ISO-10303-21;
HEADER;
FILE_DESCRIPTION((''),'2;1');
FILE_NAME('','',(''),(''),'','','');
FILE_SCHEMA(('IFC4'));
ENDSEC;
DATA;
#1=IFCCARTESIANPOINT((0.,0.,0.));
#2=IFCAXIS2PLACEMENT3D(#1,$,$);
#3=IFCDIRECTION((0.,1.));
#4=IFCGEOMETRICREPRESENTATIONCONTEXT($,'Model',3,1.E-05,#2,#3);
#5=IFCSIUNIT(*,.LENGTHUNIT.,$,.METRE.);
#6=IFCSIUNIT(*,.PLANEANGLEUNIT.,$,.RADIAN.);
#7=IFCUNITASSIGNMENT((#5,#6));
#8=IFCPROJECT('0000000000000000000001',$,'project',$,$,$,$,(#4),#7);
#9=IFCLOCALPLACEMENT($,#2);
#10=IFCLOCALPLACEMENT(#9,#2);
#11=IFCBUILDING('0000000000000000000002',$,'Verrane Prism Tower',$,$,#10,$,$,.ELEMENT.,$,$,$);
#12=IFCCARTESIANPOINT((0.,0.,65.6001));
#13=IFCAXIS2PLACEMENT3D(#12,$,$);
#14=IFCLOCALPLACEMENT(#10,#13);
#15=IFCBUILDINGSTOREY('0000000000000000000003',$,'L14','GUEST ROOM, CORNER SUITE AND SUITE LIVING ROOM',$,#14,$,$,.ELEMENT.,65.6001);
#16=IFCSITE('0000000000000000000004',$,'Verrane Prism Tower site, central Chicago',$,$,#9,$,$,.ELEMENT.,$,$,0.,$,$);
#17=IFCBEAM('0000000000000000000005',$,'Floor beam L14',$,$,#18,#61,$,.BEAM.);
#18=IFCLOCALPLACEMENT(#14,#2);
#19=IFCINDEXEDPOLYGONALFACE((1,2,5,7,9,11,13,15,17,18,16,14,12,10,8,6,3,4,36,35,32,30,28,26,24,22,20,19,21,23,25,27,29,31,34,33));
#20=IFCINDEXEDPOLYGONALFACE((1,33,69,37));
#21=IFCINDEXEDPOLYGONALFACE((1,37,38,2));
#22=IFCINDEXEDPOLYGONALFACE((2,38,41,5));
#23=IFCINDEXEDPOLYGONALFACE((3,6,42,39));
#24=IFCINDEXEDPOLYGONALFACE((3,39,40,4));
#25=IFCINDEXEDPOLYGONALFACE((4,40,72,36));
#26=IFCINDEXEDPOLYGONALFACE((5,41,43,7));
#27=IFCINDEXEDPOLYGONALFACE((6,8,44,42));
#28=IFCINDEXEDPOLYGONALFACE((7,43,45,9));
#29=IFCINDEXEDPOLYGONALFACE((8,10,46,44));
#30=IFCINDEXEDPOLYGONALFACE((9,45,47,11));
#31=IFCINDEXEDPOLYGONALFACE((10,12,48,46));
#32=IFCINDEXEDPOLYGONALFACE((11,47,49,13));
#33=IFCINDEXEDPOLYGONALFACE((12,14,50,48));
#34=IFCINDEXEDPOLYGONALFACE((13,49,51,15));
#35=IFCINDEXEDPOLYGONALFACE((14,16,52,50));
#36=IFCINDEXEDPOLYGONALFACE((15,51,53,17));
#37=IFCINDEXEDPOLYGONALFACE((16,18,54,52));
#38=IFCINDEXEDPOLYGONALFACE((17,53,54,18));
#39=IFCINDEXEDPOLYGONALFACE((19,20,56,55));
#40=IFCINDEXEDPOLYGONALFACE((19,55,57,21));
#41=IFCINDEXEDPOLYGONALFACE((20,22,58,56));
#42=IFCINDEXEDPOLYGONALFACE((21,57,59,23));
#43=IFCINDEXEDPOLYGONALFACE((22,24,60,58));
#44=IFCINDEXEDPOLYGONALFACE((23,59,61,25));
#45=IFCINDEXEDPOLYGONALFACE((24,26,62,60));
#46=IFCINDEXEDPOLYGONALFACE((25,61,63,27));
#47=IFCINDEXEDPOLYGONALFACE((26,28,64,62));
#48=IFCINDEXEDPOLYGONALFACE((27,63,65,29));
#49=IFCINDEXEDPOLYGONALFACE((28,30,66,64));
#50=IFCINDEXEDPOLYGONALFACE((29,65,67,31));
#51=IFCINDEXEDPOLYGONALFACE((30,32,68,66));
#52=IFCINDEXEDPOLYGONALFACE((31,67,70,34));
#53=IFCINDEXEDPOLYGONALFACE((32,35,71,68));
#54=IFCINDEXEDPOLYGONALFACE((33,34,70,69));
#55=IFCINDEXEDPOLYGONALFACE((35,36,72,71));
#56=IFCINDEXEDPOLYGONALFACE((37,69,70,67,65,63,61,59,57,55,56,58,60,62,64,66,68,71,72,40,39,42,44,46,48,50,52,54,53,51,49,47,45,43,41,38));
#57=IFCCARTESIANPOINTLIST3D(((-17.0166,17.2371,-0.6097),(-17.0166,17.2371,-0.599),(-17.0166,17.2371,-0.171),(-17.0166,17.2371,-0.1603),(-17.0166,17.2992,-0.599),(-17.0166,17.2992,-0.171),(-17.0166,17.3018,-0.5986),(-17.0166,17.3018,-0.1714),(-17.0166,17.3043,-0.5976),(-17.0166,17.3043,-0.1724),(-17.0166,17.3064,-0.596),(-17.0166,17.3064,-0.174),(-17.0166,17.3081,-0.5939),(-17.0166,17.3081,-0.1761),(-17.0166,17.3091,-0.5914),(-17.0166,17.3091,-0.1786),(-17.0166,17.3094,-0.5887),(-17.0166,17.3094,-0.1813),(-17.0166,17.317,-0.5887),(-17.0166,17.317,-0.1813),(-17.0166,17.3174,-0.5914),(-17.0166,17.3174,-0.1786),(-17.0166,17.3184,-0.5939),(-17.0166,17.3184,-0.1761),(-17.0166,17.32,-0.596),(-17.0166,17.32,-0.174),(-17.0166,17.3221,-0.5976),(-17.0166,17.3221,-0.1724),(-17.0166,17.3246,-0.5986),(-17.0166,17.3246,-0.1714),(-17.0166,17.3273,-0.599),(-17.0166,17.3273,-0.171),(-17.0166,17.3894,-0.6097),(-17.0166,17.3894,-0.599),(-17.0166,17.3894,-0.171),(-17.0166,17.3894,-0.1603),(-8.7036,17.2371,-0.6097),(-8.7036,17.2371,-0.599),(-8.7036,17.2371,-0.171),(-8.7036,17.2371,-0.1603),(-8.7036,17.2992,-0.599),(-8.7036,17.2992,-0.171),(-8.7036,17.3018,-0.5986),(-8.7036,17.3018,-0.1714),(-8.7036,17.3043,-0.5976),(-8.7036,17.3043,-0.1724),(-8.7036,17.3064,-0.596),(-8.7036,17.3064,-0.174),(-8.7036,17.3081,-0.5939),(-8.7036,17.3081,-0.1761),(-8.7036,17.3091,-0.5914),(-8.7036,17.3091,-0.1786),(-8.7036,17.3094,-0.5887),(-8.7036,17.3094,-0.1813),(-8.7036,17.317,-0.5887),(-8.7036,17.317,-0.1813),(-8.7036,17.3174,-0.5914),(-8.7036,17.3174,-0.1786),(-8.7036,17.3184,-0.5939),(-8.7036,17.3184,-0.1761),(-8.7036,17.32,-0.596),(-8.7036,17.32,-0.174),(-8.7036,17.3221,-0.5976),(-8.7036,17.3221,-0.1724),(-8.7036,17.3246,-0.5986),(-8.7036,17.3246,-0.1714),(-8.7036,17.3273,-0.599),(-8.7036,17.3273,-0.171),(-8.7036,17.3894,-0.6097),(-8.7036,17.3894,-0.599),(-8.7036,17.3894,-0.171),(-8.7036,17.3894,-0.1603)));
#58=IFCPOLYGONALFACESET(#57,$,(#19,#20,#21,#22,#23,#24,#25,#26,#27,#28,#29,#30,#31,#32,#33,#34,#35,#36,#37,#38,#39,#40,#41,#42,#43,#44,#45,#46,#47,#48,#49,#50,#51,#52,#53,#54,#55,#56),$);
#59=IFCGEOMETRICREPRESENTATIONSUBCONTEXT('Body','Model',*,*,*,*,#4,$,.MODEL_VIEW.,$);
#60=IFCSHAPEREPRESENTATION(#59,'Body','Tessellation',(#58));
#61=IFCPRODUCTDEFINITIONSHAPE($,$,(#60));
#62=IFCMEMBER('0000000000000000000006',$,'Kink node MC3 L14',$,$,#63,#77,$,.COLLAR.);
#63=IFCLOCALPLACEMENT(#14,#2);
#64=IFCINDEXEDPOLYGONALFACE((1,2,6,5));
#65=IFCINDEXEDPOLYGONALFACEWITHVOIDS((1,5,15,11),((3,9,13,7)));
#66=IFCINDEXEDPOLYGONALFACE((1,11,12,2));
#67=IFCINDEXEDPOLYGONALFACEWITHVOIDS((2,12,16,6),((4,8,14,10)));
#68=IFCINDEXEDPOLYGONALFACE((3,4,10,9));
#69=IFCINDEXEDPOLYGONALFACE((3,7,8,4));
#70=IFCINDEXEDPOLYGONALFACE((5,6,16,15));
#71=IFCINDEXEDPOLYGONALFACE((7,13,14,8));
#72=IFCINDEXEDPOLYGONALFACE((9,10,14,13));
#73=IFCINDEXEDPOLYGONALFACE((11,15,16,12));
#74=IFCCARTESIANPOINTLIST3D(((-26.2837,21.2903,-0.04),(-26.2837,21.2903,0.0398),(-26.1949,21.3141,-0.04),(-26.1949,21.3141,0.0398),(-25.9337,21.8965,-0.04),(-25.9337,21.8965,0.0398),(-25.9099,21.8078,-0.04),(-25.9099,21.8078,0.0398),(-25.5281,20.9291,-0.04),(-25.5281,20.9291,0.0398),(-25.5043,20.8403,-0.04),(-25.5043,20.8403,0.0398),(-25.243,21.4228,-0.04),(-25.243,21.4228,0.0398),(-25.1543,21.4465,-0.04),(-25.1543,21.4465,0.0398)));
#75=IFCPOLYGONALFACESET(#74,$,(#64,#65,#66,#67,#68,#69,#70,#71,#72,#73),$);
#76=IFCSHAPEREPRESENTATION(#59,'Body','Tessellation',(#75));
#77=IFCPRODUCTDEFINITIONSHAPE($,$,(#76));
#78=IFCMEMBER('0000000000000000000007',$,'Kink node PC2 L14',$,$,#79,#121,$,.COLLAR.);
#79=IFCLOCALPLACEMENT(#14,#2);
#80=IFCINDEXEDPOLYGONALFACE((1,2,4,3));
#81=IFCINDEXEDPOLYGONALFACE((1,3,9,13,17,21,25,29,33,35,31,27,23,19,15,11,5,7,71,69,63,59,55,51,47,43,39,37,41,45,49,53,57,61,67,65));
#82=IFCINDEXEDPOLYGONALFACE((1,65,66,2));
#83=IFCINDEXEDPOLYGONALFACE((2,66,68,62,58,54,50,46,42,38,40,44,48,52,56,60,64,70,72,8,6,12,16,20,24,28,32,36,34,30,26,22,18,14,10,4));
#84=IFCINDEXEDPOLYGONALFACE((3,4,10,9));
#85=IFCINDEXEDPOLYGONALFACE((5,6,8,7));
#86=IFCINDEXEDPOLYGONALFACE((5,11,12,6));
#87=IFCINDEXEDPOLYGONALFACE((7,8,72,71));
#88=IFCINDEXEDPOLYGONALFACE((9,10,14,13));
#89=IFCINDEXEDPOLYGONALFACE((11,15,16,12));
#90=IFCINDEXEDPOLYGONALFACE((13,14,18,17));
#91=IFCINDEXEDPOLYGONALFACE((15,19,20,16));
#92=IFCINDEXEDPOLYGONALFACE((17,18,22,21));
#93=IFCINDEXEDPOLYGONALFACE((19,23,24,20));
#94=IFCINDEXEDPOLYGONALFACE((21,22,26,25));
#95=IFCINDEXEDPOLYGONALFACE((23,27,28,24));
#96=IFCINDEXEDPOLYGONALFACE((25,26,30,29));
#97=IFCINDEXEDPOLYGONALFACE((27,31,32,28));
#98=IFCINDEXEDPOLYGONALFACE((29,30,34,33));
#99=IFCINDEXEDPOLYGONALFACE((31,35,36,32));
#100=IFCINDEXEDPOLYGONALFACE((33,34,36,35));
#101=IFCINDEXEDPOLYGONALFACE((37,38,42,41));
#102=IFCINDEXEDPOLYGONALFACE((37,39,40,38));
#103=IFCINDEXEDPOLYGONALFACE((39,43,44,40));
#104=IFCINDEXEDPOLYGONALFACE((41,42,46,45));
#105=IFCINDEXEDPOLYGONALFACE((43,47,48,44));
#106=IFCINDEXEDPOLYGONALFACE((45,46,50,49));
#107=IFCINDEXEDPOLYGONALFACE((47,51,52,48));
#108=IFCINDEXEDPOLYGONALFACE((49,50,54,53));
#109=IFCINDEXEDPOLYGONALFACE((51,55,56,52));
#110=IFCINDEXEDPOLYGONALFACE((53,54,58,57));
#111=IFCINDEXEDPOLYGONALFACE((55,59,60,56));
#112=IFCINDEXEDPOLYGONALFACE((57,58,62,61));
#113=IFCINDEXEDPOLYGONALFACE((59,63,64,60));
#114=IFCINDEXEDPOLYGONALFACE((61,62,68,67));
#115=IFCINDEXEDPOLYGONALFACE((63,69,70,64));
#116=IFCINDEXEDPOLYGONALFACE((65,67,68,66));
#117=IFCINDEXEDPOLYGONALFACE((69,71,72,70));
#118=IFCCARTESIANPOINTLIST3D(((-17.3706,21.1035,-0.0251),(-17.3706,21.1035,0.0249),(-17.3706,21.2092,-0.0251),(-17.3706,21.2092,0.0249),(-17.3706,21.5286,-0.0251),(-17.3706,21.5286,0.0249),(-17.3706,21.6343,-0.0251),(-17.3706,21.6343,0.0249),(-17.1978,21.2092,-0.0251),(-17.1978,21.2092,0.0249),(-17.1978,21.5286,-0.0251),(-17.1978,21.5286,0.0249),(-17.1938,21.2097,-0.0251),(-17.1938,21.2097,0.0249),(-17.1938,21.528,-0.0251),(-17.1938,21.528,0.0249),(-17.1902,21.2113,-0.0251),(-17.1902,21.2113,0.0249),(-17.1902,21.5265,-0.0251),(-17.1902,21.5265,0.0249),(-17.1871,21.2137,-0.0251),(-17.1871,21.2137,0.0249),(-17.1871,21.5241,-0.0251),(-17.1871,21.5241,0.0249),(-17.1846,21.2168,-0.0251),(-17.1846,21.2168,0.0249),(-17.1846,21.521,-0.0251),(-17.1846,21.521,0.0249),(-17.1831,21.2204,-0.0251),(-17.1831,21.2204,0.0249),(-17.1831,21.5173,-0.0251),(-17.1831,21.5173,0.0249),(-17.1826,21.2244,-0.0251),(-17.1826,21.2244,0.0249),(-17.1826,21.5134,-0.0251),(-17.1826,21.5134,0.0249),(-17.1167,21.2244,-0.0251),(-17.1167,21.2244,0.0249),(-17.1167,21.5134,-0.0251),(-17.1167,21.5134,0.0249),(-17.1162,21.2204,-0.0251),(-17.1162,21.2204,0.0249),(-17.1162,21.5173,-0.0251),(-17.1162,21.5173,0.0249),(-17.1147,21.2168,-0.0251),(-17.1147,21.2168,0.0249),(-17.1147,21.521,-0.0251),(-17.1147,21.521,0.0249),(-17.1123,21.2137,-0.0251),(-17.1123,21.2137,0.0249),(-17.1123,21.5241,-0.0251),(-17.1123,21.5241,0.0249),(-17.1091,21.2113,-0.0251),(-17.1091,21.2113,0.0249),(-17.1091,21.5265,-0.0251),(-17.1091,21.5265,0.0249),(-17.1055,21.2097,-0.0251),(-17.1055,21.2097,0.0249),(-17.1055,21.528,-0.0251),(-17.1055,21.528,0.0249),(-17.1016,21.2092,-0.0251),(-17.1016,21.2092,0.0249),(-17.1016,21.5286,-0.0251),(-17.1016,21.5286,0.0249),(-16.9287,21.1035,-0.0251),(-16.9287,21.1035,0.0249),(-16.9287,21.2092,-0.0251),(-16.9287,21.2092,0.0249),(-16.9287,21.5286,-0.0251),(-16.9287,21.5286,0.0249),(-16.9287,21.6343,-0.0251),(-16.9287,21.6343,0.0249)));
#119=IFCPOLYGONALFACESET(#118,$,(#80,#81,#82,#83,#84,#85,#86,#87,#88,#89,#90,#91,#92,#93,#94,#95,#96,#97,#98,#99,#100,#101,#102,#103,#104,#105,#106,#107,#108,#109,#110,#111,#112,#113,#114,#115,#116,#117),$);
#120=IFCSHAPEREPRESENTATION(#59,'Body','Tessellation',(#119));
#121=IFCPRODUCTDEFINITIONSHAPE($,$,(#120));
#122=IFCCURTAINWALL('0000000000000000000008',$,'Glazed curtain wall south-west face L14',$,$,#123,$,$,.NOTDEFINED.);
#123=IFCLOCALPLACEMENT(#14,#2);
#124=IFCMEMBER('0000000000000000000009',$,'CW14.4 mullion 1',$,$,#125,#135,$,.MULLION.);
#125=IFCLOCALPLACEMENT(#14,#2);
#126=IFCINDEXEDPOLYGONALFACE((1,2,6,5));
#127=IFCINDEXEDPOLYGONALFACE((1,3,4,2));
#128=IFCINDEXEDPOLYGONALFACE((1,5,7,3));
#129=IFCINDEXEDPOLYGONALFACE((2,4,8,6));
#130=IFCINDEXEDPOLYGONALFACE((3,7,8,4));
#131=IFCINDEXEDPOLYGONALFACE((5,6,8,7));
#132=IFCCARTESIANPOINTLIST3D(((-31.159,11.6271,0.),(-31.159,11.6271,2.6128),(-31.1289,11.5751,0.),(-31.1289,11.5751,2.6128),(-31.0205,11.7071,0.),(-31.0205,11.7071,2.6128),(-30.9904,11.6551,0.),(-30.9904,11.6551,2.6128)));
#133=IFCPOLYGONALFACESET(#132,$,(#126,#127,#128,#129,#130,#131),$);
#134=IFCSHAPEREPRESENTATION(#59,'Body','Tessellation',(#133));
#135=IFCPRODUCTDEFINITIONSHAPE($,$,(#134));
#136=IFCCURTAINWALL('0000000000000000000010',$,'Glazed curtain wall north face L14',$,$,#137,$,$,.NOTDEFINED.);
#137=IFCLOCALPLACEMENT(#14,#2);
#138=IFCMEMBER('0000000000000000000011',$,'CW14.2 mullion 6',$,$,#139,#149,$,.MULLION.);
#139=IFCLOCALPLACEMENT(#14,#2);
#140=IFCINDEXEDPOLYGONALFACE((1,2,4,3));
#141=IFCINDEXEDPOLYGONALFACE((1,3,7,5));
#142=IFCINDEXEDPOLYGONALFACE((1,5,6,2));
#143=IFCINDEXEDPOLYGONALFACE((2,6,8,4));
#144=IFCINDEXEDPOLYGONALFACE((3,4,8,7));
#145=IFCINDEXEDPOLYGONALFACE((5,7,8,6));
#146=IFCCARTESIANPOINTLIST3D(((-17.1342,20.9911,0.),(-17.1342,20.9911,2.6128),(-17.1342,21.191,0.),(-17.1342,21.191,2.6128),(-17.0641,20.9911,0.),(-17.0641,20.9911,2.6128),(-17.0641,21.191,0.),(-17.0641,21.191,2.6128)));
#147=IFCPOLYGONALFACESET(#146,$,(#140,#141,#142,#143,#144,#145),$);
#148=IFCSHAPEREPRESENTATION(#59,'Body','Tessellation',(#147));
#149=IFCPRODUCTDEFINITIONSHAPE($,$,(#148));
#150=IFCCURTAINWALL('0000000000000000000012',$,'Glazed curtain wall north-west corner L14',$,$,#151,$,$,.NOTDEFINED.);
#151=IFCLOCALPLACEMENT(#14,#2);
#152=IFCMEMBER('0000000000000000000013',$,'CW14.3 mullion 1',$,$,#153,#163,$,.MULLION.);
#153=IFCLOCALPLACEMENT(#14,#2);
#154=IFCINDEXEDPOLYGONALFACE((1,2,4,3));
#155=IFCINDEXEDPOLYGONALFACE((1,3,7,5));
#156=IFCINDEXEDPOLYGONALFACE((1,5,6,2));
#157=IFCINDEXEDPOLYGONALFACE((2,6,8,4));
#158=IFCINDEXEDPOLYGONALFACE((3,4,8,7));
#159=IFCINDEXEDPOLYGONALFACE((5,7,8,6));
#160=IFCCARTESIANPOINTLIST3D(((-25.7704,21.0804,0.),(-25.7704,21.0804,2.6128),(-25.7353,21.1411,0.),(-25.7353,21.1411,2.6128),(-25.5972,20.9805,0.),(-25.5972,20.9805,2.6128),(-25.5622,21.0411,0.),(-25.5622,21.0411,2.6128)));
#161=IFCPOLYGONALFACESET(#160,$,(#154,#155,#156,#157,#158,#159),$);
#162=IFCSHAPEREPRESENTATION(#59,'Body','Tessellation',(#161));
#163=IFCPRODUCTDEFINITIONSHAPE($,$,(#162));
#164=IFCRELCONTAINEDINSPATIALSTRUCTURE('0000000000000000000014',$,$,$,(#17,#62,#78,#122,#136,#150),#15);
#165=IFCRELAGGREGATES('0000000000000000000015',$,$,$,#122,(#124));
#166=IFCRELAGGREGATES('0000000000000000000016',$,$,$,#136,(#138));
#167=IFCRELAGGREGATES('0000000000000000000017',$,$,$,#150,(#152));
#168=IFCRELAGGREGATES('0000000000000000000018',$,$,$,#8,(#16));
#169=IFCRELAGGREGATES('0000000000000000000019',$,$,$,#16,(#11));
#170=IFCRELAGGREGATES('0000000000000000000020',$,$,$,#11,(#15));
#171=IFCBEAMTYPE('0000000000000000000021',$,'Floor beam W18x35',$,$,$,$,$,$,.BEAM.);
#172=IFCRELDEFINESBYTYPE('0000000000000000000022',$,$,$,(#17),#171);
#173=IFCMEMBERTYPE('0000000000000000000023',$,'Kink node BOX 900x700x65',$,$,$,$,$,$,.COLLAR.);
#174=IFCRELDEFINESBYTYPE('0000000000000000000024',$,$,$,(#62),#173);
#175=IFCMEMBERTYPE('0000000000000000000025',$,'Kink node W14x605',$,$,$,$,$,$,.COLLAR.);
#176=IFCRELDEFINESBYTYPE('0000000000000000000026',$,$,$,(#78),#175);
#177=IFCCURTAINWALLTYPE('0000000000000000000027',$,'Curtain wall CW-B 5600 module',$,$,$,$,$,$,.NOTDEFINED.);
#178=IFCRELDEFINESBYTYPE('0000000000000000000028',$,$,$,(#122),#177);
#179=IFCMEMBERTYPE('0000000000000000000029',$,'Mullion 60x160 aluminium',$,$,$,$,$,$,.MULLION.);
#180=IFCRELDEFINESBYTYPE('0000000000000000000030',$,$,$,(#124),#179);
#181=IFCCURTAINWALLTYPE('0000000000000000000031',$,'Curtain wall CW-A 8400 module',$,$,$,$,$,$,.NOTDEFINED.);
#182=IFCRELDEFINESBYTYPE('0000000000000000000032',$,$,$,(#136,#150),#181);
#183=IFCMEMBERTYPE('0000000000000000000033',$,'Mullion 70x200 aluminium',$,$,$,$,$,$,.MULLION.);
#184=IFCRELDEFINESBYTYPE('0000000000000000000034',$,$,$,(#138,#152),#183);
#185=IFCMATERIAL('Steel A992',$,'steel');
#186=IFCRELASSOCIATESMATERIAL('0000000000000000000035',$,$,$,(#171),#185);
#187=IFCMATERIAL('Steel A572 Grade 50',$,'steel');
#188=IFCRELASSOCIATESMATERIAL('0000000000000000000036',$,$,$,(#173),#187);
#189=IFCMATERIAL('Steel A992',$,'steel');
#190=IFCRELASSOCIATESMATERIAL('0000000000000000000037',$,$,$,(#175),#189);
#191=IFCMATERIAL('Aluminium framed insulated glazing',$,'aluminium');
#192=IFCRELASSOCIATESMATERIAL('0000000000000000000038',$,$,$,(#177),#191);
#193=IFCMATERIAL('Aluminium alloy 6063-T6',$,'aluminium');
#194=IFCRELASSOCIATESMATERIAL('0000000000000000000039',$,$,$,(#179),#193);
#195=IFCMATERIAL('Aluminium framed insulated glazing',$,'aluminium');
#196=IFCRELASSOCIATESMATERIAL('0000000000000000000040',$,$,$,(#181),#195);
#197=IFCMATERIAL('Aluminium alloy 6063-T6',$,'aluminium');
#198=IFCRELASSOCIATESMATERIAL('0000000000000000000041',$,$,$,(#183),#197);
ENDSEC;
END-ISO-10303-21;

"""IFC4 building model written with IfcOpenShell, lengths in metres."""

from ifc_helpers import new_model, si_unit, direction, frame, origin, origin_2d, place, context, subcontext, project, spatial, rectangle, hollow_rectangle, i_section, extrude, material, material_profile, profile_set, type_object, element, aggregate, save


model = new_model("IFC4")

# Units and contexts
model_context = context("Model", 3, precision=1e-05, world=origin(), true_north=direction((0.0, 1.0)))
body_context = subcontext(model_context, "Body", "Model", "MODEL_VIEW")
ifc_project = project(units=[si_unit("LENGTHUNIT", "METRE"), si_unit("PLANEANGLEUNIT", "RADIAN")], contexts=[model_context])

# Site, building, storey
site_placement = place(None, origin())
site = spatial("IfcSite", under=ifc_project, at=site_placement, Name="Verrane Prism Tower site, central Chicago", CompositionType="ELEMENT", RefElevation=0.0)
building_placement = place(site_placement, origin())
building = spatial("IfcBuilding", under=site, at=building_placement, Name="Verrane Prism Tower", CompositionType="ELEMENT")
storey_placement = place(building_placement, frame((0.0, 0.0, 65.6001)))
storey = spatial("IfcBuildingStorey", under=building, at=storey_placement, Name="L14", Description="GUEST ROOM, CORNER SUITE AND SUITE LIVING ROOM", CompositionType="ELEMENT", Elevation=65.6001)

# Beam
ifc_material_1 = material(Name="Steel A992", Category="steel")
ifc_material_profile_1 = material_profile(ifc_material_1, i_section(OverallWidth=0.1523, OverallDepth=0.4495, WebThickness=0.0076, FlangeThickness=0.0107, FilletRadius=0.0103, at=origin_2d()), Name="W18x35")
ifc_profile_set_1 = profile_set([ifc_material_profile_1], Name="Steel A992")
beam_type_1 = type_object("IfcBeamType", Name="Floor beam W18x35", PredefinedType="BEAM", material=ifc_profile_set_1)
for number, where, z_axis, x_axis, name in (
    (1, (-17.0166, 17.3132, -0.385), (1.0, 0.0, 0.0), (0.0, 1.0, 0.0), "Floor beam L14"),
):
    element("IfcBeam", number, at=place(storey_placement, frame(where, z_axis=z_axis, x_axis=x_axis)), inside=storey, type_object=beam_type_1, Name=name, PredefinedType="BEAM", context=body_context, shape_type="SweptSolid", body=[
        extrude(i_section(OverallWidth=0.1523, OverallDepth=0.4495, WebThickness=0.0076, FlangeThickness=0.0107, FilletRadius=0.0103, at=origin_2d()), origin(), (0.0, 0.0, 1.0), 8.313),
    ])

# Members
ifc_material_2 = material(Name="Steel A572 Grade 50", Category="steel")
ifc_material_profile_2 = material_profile(ifc_material_2, hollow_rectangle(XDim=0.7, YDim=0.8999, WallThickness=0.0649, at=origin_2d()), Name="BOX 900x700x65")
ifc_profile_set_2 = profile_set([ifc_material_profile_2], Name="Steel A572 Grade 50")
member_type_1 = type_object("IfcMemberType", Name="Kink node BOX 900x700x65", PredefinedType="COLLAR", material=ifc_profile_set_2)
member_1_placement = place(storey_placement, frame((-25.719, 21.3684, -0.04), z_axis=(0.0, 0.0, 1.0), x_axis=(0.5, 0.866025, 0.0)))
element("IfcMember", 2, at=member_1_placement, inside=storey, type_object=member_type_1, Name="Kink node MC3 L14", PredefinedType="COLLAR", context=body_context, shape_type="SweptSolid", body=[
    extrude(hollow_rectangle(XDim=0.7, YDim=0.8999, WallThickness=0.0649, at=origin_2d()), origin(), (0.0, 0.0, 1.0), 0.0798),
])
ifc_material_3 = material(Name="Steel A992", Category="steel")
ifc_material_profile_3 = material_profile(ifc_material_3, i_section(OverallWidth=0.4419, OverallDepth=0.5308, WebThickness=0.0659, FlangeThickness=0.1057, FilletRadius=0.0151, at=origin_2d()), Name="W14x605")
ifc_profile_set_3 = profile_set([ifc_material_profile_3], Name="Steel A992")
member_type_2 = type_object("IfcMemberType", Name="Kink node W14x605", PredefinedType="COLLAR", material=ifc_profile_set_3)
member_2_placement = place(storey_placement, frame((-17.1497, 21.3689, -0.0251), z_axis=(0.0, 0.0, 1.0), x_axis=(1.0, 0.0, 0.0)))
element("IfcMember", 3, at=member_2_placement, inside=storey, type_object=member_type_2, Name="Kink node PC2 L14", PredefinedType="COLLAR", context=body_context, shape_type="SweptSolid", body=[
    extrude(i_section(OverallWidth=0.4419, OverallDepth=0.5308, WebThickness=0.0659, FlangeThickness=0.1057, FilletRadius=0.0151, at=origin_2d()), origin(), (0.0, 0.0, 1.0), 0.05),
])

# Curtain walls, members
ifc_material_4 = material(Name="Aluminium framed insulated glazing", Category="aluminium")
curtain_wall_type_1 = type_object("IfcCurtainWallType", Name="Curtain wall CW-B 5600 module", PredefinedType="NOTDEFINED", material=ifc_material_4)
curtain_wall_1_placement = place(storey_placement, origin())
curtain_wall_1 = element("IfcCurtainWall", 4, at=curtain_wall_1_placement, inside=storey, type_object=curtain_wall_type_1, Name="Glazed curtain wall south-west face L14", PredefinedType="NOTDEFINED")
ifc_material_5 = material(Name="Aluminium alloy 6063-T6", Category="aluminium")
ifc_material_profile_4 = material_profile(ifc_material_5, rectangle(XDim=0.1599, YDim=0.0601, at=origin_2d()), Name="Mullion 60x160 aluminium")
ifc_profile_set_4 = profile_set([ifc_material_profile_4], Name="Aluminium alloy 6063-T6")
member_type_3 = type_object("IfcMemberType", Name="Mullion 60x160 aluminium", PredefinedType="MULLION", material=ifc_profile_set_4)
member_3_placement = place(storey_placement, frame((-31.0747, 11.6411, 0.0), z_axis=(0.0, 0.0, 1.0), x_axis=(0.866025, 0.5, 0.0)))
member_3 = element("IfcMember", 5, at=member_3_placement, type_object=member_type_3, Name="CW14.4 mullion 1", PredefinedType="MULLION", context=body_context, shape_type="SweptSolid", body=[
    extrude(rectangle(XDim=0.1599, YDim=0.0601, at=origin_2d()), origin(), (0.0, 0.0, 1.0), 2.6128),
])
ifc_material_6 = material(Name="Aluminium framed insulated glazing", Category="aluminium")
curtain_wall_type_2 = type_object("IfcCurtainWallType", Name="Curtain wall CW-A 8400 module", PredefinedType="NOTDEFINED", material=ifc_material_6)
curtain_wall_2_placement = place(storey_placement, origin())
curtain_wall_2 = element("IfcCurtainWall", 6, at=curtain_wall_2_placement, inside=storey, type_object=curtain_wall_type_2, Name="Glazed curtain wall north face L14", PredefinedType="NOTDEFINED")
ifc_material_7 = material(Name="Aluminium alloy 6063-T6", Category="aluminium")
ifc_material_profile_5 = material_profile(ifc_material_7, rectangle(XDim=0.2, YDim=0.0701, at=origin_2d()), Name="Mullion 70x200 aluminium")
ifc_profile_set_5 = profile_set([ifc_material_profile_5], Name="Aluminium alloy 6063-T6")
member_type_4 = type_object("IfcMemberType", Name="Mullion 70x200 aluminium", PredefinedType="MULLION", material=ifc_profile_set_5)
member_4_placement = place(storey_placement, frame((-17.0991, 21.0911, 0.0), z_axis=(0.0, 0.0, 1.0), x_axis=(0.0, -1.0, 0.0)))
member_4 = element("IfcMember", 7, at=member_4_placement, type_object=member_type_4, Name="CW14.2 mullion 6", PredefinedType="MULLION", context=body_context, shape_type="SweptSolid", body=[
    extrude(rectangle(XDim=0.2, YDim=0.0701, at=origin_2d()), origin(), (0.0, 0.0, 1.0), 2.6128),
])
curtain_wall_3_placement = place(storey_placement, origin())
curtain_wall_3 = element("IfcCurtainWall", 8, at=curtain_wall_3_placement, inside=storey, type_object=curtain_wall_type_2, Name="Glazed curtain wall north-west corner L14", PredefinedType="NOTDEFINED")
member_5_placement = place(storey_placement, frame((-25.6663, 21.0608, 0.0), z_axis=(0.0, 0.0, 1.0), x_axis=(0.866027, -0.499997, 0.0)))
member_5 = element("IfcMember", 9, at=member_5_placement, type_object=member_type_4, Name="CW14.3 mullion 1", PredefinedType="MULLION", context=body_context, shape_type="SweptSolid", body=[
    extrude(rectangle(XDim=0.2, YDim=0.0701, at=origin_2d()), origin(), (0.0, 0.0, 1.0), 2.6128),
])

aggregate(curtain_wall_1, [member_3])

aggregate(curtain_wall_2, [member_4])
aggregate(curtain_wall_3, [member_5])

save(model, "model.ifc")
